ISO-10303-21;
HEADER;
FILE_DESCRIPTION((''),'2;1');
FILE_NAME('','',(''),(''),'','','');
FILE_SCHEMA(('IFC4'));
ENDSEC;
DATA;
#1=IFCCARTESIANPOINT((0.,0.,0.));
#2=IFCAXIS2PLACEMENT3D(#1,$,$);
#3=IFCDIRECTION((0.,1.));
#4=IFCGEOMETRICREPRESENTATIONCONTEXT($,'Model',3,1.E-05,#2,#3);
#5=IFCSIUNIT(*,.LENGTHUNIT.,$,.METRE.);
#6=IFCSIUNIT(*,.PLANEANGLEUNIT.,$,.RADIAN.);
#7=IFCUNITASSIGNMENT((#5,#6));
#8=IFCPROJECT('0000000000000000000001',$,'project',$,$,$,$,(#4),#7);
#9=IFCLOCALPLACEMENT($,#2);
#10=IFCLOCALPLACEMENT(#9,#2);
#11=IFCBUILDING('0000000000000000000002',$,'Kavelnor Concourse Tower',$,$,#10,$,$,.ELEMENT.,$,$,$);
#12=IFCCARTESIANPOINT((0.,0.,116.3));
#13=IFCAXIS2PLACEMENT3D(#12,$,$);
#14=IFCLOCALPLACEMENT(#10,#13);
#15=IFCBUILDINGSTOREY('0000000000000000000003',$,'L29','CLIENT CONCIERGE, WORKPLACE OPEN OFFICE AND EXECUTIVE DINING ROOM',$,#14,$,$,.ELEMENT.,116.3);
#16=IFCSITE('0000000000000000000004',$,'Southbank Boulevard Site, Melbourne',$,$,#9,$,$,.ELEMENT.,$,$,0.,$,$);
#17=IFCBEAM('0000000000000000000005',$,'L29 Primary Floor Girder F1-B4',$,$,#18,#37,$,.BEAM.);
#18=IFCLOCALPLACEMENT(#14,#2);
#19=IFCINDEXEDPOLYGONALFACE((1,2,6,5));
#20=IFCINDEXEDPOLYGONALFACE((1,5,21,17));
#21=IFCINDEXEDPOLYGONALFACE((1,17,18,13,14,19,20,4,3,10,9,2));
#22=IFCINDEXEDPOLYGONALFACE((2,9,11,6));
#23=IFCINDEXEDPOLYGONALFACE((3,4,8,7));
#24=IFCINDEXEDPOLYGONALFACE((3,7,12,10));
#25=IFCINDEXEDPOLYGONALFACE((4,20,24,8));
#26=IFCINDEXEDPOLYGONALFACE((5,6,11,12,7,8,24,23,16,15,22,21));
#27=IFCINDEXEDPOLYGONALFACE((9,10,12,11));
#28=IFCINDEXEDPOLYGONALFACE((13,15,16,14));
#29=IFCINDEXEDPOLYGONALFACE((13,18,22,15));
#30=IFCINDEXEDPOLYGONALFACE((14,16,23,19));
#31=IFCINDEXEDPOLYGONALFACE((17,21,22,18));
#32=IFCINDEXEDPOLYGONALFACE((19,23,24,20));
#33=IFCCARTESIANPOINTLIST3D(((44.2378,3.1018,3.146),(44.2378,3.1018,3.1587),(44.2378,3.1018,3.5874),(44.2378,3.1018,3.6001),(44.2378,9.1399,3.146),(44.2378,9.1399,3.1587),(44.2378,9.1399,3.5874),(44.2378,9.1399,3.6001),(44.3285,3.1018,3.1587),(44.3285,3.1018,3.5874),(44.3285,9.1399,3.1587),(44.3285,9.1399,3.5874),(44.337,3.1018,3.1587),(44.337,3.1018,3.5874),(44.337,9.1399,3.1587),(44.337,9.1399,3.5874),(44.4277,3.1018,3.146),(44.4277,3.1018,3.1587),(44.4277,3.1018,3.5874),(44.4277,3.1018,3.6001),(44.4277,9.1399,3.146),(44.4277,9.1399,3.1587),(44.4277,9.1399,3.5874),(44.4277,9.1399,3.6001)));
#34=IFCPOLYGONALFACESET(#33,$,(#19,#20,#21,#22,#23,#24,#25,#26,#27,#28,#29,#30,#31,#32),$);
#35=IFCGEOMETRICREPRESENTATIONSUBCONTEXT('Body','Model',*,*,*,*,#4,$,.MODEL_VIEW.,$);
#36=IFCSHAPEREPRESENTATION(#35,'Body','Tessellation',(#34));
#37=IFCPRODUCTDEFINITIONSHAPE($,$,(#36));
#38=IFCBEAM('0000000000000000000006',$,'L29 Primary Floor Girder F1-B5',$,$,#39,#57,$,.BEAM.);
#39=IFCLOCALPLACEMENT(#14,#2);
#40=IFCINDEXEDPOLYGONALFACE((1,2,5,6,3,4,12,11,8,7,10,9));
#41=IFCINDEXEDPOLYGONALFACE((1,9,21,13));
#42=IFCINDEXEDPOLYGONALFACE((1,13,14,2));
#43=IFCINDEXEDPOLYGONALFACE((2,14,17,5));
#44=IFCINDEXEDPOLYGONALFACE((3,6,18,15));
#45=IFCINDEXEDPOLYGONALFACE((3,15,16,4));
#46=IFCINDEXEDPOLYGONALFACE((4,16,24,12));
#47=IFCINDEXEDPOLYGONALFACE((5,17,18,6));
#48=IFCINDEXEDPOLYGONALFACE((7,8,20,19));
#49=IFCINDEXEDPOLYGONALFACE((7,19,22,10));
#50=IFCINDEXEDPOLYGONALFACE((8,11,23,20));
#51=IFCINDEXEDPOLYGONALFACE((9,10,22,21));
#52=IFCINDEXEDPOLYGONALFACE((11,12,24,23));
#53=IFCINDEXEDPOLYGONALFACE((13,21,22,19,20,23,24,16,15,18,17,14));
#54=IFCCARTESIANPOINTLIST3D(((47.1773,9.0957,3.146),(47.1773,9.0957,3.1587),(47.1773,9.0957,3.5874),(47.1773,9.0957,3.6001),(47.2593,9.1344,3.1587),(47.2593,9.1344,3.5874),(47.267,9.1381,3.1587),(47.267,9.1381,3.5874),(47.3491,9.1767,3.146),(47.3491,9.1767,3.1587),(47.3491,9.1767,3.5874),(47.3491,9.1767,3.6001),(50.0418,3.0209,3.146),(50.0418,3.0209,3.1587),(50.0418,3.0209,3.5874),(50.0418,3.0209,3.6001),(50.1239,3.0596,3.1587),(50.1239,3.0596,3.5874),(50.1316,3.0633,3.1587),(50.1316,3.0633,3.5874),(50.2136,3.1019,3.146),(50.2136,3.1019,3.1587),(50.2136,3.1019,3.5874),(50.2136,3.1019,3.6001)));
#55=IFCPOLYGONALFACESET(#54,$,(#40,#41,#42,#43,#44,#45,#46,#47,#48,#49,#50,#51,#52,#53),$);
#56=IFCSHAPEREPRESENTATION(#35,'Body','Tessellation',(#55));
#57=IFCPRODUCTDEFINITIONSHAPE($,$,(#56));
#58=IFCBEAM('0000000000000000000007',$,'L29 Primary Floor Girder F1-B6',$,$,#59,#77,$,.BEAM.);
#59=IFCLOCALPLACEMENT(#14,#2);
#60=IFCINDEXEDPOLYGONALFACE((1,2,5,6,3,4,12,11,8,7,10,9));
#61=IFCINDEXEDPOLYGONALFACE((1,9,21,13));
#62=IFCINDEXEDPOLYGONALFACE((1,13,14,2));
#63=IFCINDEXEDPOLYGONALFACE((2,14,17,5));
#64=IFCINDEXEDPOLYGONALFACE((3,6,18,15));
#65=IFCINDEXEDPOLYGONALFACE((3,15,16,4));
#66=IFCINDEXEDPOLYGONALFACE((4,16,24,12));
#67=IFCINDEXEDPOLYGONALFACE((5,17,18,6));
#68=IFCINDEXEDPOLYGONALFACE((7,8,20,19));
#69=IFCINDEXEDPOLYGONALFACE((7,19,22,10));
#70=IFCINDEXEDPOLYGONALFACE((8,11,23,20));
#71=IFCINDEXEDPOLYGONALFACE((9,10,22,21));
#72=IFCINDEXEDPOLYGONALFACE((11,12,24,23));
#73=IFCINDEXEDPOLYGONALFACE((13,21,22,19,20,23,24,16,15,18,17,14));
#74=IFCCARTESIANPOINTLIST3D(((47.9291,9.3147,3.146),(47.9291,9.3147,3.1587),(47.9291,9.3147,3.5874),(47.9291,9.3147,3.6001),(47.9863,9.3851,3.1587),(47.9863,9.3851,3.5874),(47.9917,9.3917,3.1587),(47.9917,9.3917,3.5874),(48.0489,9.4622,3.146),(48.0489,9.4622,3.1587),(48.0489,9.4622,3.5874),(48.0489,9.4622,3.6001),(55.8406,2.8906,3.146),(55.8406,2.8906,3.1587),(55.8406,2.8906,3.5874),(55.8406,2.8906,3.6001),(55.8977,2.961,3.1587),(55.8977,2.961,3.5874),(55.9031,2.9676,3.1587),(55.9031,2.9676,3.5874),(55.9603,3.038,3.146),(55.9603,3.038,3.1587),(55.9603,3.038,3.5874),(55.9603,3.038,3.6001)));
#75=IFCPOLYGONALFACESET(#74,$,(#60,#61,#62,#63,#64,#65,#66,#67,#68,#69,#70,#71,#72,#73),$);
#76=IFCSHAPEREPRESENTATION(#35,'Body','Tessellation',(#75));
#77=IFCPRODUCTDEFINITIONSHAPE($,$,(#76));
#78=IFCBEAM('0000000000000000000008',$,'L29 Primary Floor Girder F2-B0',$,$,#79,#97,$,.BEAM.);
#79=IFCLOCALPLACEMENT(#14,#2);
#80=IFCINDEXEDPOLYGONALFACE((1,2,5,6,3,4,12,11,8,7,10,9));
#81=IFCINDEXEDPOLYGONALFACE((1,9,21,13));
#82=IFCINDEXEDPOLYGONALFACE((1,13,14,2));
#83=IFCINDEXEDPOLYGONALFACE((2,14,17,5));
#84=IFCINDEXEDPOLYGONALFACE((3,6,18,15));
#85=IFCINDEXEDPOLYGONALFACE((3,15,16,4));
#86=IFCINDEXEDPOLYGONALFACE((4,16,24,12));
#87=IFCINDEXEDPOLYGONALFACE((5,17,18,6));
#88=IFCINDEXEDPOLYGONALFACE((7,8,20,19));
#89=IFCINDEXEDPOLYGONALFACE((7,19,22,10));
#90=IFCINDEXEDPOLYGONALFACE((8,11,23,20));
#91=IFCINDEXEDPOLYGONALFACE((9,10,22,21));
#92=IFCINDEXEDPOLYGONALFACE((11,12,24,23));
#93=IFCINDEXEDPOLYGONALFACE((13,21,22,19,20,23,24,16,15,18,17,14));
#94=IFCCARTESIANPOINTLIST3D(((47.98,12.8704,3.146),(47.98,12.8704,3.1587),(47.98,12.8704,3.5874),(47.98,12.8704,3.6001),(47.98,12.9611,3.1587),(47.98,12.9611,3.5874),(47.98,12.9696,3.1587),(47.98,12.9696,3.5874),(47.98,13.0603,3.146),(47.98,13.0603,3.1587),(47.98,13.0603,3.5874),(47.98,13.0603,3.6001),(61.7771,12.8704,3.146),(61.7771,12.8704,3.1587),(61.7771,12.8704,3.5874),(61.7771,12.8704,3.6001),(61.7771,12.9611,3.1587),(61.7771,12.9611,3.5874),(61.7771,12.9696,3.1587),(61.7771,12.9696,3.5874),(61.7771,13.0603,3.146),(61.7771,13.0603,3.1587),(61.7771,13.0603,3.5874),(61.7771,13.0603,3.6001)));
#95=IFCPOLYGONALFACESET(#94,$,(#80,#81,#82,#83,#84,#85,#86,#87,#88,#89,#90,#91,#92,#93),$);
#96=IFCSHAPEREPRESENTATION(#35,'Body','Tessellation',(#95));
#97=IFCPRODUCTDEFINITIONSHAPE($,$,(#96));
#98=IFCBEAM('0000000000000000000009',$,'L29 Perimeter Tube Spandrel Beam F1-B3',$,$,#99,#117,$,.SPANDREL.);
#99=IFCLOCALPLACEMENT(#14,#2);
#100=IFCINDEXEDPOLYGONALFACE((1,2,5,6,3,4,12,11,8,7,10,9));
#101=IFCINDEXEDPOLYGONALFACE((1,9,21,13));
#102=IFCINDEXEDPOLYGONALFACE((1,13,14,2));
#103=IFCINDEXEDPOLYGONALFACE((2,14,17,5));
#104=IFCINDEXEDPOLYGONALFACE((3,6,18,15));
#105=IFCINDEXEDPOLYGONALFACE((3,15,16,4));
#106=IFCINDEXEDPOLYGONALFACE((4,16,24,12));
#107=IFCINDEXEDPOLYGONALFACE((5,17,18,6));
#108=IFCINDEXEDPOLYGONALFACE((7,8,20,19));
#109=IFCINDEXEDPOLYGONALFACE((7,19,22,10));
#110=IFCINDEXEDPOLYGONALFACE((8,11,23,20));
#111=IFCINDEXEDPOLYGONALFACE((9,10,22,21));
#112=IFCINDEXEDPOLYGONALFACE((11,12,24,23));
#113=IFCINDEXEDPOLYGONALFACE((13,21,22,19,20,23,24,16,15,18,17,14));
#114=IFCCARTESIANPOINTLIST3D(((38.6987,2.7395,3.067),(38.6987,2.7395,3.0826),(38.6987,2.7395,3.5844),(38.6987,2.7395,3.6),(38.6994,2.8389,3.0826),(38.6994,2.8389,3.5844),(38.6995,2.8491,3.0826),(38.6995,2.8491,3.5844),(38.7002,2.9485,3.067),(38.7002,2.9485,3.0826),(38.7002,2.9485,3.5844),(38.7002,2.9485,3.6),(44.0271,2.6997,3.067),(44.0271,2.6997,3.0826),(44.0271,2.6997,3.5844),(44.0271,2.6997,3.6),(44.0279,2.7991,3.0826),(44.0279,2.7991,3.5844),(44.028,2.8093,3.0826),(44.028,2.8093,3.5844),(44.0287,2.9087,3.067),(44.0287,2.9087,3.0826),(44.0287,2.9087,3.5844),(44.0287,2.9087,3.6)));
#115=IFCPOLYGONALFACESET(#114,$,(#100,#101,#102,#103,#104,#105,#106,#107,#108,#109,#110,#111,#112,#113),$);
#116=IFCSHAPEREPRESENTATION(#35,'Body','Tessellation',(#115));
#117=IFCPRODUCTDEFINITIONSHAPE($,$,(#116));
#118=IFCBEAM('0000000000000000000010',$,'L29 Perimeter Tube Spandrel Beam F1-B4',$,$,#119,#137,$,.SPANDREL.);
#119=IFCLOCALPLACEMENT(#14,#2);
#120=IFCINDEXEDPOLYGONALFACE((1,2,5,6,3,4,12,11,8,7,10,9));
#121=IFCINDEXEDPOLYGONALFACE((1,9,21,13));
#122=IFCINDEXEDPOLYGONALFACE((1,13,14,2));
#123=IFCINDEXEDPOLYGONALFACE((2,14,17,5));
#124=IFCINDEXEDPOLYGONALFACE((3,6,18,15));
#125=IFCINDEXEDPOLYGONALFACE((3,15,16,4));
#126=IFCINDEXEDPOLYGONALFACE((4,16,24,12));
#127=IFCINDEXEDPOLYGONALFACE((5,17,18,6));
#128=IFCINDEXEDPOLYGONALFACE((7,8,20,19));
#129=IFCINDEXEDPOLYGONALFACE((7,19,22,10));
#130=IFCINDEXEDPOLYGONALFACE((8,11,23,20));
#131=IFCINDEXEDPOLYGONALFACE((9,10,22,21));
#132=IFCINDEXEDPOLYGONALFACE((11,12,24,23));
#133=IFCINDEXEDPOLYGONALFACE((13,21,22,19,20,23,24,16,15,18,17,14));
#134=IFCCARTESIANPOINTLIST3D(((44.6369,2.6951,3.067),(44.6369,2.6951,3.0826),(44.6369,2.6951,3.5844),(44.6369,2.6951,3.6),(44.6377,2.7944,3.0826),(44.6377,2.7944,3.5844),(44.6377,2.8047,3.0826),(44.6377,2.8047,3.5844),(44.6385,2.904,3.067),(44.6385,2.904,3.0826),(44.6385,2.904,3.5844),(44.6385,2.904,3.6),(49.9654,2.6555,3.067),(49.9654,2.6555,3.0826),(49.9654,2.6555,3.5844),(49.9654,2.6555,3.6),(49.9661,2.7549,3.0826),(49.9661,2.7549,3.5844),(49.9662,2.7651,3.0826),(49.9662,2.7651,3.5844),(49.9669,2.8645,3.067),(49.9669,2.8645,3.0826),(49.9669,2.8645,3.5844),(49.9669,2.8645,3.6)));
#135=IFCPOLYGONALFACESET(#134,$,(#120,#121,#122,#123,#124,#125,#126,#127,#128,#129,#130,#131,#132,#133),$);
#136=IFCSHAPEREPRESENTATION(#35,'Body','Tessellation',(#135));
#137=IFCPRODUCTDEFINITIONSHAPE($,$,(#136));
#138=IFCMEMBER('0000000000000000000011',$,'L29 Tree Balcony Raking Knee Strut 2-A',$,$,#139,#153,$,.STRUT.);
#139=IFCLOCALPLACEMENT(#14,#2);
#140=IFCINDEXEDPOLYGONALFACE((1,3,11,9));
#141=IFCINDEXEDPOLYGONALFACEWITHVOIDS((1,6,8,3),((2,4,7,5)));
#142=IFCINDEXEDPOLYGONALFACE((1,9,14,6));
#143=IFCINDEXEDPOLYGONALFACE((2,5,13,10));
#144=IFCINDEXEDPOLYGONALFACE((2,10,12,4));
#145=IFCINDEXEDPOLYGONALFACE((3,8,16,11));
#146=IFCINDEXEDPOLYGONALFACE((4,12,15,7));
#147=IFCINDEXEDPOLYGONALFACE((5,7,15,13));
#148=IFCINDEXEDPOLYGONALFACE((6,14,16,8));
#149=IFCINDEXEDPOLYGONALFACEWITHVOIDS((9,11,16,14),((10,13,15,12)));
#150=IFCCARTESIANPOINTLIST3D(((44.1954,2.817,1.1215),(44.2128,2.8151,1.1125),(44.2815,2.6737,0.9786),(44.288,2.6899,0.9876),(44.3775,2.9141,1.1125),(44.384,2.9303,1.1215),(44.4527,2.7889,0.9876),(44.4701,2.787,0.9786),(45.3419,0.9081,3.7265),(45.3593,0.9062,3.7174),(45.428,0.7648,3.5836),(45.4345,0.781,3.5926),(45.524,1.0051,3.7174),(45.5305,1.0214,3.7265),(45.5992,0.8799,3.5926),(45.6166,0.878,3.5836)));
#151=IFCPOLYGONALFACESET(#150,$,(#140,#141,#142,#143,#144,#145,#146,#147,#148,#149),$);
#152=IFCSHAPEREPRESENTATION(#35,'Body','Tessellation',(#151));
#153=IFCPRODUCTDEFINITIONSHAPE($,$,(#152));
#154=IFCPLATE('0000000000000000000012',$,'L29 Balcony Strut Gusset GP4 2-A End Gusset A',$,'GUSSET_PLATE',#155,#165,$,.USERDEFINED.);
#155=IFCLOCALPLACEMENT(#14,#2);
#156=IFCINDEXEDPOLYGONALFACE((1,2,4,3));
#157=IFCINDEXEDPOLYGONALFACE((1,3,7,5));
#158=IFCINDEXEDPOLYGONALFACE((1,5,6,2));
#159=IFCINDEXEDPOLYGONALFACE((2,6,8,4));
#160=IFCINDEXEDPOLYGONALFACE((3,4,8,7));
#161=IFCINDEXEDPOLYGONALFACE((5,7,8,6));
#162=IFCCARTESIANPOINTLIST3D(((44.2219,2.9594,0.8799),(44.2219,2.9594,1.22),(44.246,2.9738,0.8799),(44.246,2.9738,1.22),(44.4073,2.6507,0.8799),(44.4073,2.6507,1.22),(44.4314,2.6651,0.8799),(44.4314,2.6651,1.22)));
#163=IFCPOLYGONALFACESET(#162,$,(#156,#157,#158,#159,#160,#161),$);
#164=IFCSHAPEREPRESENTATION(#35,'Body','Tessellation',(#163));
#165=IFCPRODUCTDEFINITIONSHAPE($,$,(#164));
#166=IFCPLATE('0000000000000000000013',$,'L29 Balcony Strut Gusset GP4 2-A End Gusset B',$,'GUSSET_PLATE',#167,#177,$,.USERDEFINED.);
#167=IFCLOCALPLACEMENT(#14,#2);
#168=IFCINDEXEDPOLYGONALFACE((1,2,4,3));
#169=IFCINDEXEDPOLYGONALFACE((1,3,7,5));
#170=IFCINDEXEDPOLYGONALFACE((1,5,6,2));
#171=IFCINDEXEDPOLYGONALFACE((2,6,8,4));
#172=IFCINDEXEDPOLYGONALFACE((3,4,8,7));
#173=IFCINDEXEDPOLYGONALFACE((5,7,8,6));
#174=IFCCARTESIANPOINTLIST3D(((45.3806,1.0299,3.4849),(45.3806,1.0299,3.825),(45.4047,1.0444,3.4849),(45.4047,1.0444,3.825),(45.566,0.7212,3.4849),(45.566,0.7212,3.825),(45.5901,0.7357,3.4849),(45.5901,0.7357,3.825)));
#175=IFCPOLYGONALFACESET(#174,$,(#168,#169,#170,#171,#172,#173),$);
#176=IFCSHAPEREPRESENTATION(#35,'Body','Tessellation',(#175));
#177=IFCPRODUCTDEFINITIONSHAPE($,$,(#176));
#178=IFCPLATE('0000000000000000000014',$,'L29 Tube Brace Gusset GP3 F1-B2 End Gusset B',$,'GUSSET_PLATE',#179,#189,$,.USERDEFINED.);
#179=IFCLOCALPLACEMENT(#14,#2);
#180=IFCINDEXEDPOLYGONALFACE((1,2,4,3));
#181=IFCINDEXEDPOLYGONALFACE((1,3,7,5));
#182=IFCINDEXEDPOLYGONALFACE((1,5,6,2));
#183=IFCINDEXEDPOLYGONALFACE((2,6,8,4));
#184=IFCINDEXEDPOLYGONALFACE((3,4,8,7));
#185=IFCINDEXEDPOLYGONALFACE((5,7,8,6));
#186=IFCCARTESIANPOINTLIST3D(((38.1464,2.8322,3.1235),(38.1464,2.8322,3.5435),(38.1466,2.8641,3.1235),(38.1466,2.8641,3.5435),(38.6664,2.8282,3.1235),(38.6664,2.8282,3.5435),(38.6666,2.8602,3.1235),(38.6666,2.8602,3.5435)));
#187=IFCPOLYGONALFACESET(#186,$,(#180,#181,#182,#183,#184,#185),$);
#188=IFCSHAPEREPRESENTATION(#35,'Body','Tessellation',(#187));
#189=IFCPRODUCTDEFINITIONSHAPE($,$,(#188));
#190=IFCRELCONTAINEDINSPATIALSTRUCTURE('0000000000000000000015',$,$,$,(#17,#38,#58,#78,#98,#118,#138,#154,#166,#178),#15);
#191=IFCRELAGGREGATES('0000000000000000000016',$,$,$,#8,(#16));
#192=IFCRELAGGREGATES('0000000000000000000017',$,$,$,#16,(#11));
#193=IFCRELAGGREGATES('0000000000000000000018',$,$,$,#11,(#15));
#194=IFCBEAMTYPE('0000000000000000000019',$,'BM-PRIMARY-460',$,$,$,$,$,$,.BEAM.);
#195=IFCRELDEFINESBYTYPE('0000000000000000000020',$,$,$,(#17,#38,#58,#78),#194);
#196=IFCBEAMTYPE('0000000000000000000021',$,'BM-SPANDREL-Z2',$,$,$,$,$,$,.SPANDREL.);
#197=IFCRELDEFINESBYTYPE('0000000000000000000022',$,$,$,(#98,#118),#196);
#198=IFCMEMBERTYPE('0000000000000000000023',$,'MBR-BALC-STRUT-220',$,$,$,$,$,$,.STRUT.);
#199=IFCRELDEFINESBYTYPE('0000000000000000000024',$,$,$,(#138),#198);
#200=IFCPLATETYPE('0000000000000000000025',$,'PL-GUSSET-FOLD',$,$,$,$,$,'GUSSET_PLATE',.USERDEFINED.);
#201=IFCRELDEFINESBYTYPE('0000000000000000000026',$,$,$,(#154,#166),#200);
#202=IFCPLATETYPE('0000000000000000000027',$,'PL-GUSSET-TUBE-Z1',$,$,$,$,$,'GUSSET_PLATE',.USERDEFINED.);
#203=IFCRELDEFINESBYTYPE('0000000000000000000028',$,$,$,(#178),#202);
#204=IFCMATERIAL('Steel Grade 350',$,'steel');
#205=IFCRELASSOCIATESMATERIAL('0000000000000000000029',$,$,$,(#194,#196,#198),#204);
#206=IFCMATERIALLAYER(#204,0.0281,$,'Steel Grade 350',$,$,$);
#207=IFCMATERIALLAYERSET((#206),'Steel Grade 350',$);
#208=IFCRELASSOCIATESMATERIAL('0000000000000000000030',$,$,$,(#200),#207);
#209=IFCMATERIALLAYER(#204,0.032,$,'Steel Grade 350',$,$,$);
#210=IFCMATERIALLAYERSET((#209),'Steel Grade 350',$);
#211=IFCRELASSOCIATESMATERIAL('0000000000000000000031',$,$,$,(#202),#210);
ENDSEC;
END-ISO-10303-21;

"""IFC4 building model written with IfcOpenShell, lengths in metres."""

from ifc_helpers import new_model, si_unit, direction, frame, origin, origin_2d, place, context, subcontext, project, spatial, rectangle, hollow_rectangle, i_section, extrude, material, layer, layer_set, material_profile, profile_set, type_object, element, save


model = new_model("IFC4")

# Units and contexts
model_context = context("Model", 3, precision=1e-05, world=origin(), true_north=direction((0.0, 1.0)))
body_context = subcontext(model_context, "Body", "Model", "MODEL_VIEW")
ifc_project = project(units=[si_unit("LENGTHUNIT", "METRE"), si_unit("PLANEANGLEUNIT", "RADIAN")], contexts=[model_context])

# Site, building, storey
site_placement = place(None, origin())
site = spatial("IfcSite", under=ifc_project, at=site_placement, Name="Southbank Boulevard Site, Melbourne", CompositionType="ELEMENT", RefElevation=0.0)
building_placement = place(site_placement, origin())
building = spatial("IfcBuilding", under=site, at=building_placement, Name="Kavelnor Concourse Tower", CompositionType="ELEMENT")
storey_placement = place(building_placement, frame((0.0, 0.0, 116.3)))
storey = spatial("IfcBuildingStorey", under=building, at=storey_placement, Name="L29", Description="CLIENT CONCIERGE, WORKPLACE OPEN OFFICE AND EXECUTIVE DINING ROOM", CompositionType="ELEMENT", Elevation=116.3)

# Shared definitions
ifc_material_1 = material(Name="Steel Grade 350", Category="steel")

# Beams
ifc_material_profile_1 = material_profile(ifc_material_1, i_section(OverallWidth=0.1899, OverallDepth=0.4541, WebThickness=0.0085, FlangeThickness=0.0127, at=origin_2d()), Name="460UB67")
ifc_profile_set_1 = profile_set([ifc_material_profile_1], Name="Steel Grade 350")
beam_type_1 = type_object("IfcBeamType", Name="BM-PRIMARY-460", PredefinedType="BEAM", material=ifc_profile_set_1)
beam_1_placement = place(storey_placement, frame((44.3328, 9.1399, 3.373), z_axis=(0.0, -1.0, 0.0), x_axis=(1.0, 0.0, 0.0)))
element("IfcBeam", 1, at=beam_1_placement, inside=storey, type_object=beam_type_1, Name="L29 Primary Floor Girder F1-B4", PredefinedType="BEAM", context=body_context, shape_type="SweptSolid", body=[
    extrude(i_section(OverallWidth=0.1899, OverallDepth=0.4541, WebThickness=0.0085, FlangeThickness=0.0127, at=origin_2d()), origin(), (0.0, 0.0, 1.0), 6.0381),
])
beam_2_placement = place(storey_placement, frame((47.2632, 9.1362, 3.373), z_axis=(0.426506, -0.904485, 0.0), x_axis=(0.904485, 0.426506, 0.0)))
element("IfcBeam", 2, at=beam_2_placement, inside=storey, type_object=beam_type_1, Name="L29 Primary Floor Girder F1-B5", PredefinedType="BEAM", context=body_context, shape_type="SweptSolid", body=[
    extrude(i_section(OverallWidth=0.1899, OverallDepth=0.4541, WebThickness=0.0085, FlangeThickness=0.0127, at=origin_2d()), origin(), (0.0, 0.0, 1.0), 6.7163),
])
beam_3_placement = place(storey_placement, frame((47.989, 9.3884, 3.373), z_axis=(0.776302, -0.630361, 0.0), x_axis=(0.630361, 0.776302, 0.0)))
element("IfcBeam", 3, at=beam_3_placement, inside=storey, type_object=beam_type_1, Name="L29 Primary Floor Girder F1-B6", PredefinedType="BEAM", context=body_context, shape_type="SweptSolid", body=[
    extrude(i_section(OverallWidth=0.1899, OverallDepth=0.4541, WebThickness=0.0085, FlangeThickness=0.0127, at=origin_2d()), origin(), (0.0, 0.0, 1.0), 10.1912),
])
beam_4_placement = place(storey_placement, frame((47.98, 12.9653, 3.373), z_axis=(1.0, 0.0, 0.0), x_axis=(0.0, 1.0, 0.0)))
element("IfcBeam", 4, at=beam_4_placement, inside=storey, type_object=beam_type_1, Name="L29 Primary Floor Girder F2-B0", PredefinedType="BEAM", context=body_context, shape_type="SweptSolid", body=[
    extrude(i_section(OverallWidth=0.1899, OverallDepth=0.4541, WebThickness=0.0085, FlangeThickness=0.0127, at=origin_2d()), origin(), (0.0, 0.0, 1.0), 13.7971),
])
ifc_material_profile_2 = material_profile(ifc_material_1, i_section(OverallWidth=0.209, OverallDepth=0.533, WebThickness=0.0103, FlangeThickness=0.0156, at=origin_2d()), Name="530UB92")
ifc_profile_set_2 = profile_set([ifc_material_profile_2], Name="Steel Grade 350")
beam_type_2 = type_object("IfcBeamType", Name="BM-SPANDREL-Z2", PredefinedType="SPANDREL", material=ifc_profile_set_2)
for number, where, z_axis, x_axis, name in (
    (5, (38.6995, 2.844, 3.3335), (0.999972, -0.007468, 0.0), (0.007468, 0.999972, 0.0), "L29 Perimeter Tube Spandrel Beam F1-B3"),
    (6, (44.6377, 2.7996, 3.3335), (0.999972, -0.007422, 0.0), (0.007422, 0.999972, 0.0), "L29 Perimeter Tube Spandrel Beam F1-B4"),
):
    element("IfcBeam", number, at=place(storey_placement, frame(where, z_axis=z_axis, x_axis=x_axis)), inside=storey, type_object=beam_type_2, Name=name, PredefinedType="SPANDREL", context=body_context, shape_type="SweptSolid", body=[
        extrude(i_section(OverallWidth=0.209, OverallDepth=0.533, WebThickness=0.0103, FlangeThickness=0.0156, at=origin_2d()), origin(), (0.0, 0.0, 1.0), 5.3286),
    ])

# Member
ifc_material_profile_3 = material_profile(ifc_material_1, hollow_rectangle(XDim=0.22, YDim=0.22, WallThickness=0.0139, at=origin_2d()), Name="SHS 220x220x14")
ifc_profile_set_3 = profile_set([ifc_material_profile_3], Name="Steel Grade 350")
member_type = type_object("IfcMemberType", Name="MBR-BALC-STRUT-220", PredefinedType="STRUT", material=ifc_profile_set_3)
member_placement = place(storey_placement, frame((44.3328, 2.802, 1.05), z_axis=(0.334544, -0.557027, 0.760133), x_axis=(0.85727, 0.514867, 0.0)))
element("IfcMember", 7, at=member_placement, inside=storey, type_object=member_type, Name="L29 Tree Balcony Raking Knee Strut 2-A", PredefinedType="STRUT", context=body_context, shape_type="SweptSolid", body=[
    extrude(hollow_rectangle(XDim=0.22, YDim=0.22, WallThickness=0.0139, at=origin_2d()), origin(), (0.0, 0.0, 1.0), 3.427),
])

# Plates
ifc_layer_1 = layer(ifc_material_1, 0.0281, Name="Steel Grade 350")
ifc_layer_set_1 = layer_set([ifc_layer_1], Name="Steel Grade 350")
plate_type_1 = type_object("IfcPlateType", Name="PL-GUSSET-FOLD", ElementType="GUSSET_PLATE", PredefinedType="USERDEFINED", material=ifc_layer_set_1)
for number, where, z_axis, x_axis, name in (
    (8, (44.3267, 2.8123, 0.8799), (0.0, 0.0, 1.0), (0.514888, -0.857257, 0.0), "L29 Balcony Strut Gusset GP4 2-A End Gusset A"),
    (9, (45.4854, 0.8828, 3.4849), (0.0, 0.0, 1.0), (0.514888, -0.857257, 0.0), "L29 Balcony Strut Gusset GP4 2-A End Gusset B"),
):
    element("IfcPlate", number, at=place(storey_placement, frame(where, z_axis=z_axis, x_axis=x_axis)), inside=storey, type_object=plate_type_1, Name=name, ObjectType="GUSSET_PLATE", PredefinedType="USERDEFINED", context=body_context, shape_type="SweptSolid", body=[
        extrude(rectangle(XDim=0.3601, YDim=0.0281, at=origin_2d()), origin(), (0.0, 0.0, 1.0), 0.3401),
    ])
ifc_layer_2 = layer(ifc_material_1, 0.032, Name="Steel Grade 350")
ifc_layer_set_2 = layer_set([ifc_layer_2], Name="Steel Grade 350")
plate_type_2 = type_object("IfcPlateType", Name="PL-GUSSET-TUBE-Z1", ElementType="GUSSET_PLATE", PredefinedType="USERDEFINED", material=ifc_layer_set_2)
plate_placement = place(storey_placement, frame((38.4065, 2.8462, 3.1235), z_axis=(0.0, 0.0, 1.0), x_axis=(0.999972, -0.007505, 0.0)))
element("IfcPlate", 10, at=plate_placement, inside=storey, type_object=plate_type_2, Name="L29 Tube Brace Gusset GP3 F1-B2 End Gusset B", ObjectType="GUSSET_PLATE", PredefinedType="USERDEFINED", context=body_context, shape_type="SweptSolid", body=[
    extrude(rectangle(XDim=0.52, YDim=0.032, at=origin_2d()), origin(), (0.0, 0.0, 1.0), 0.4199),
])

save(model, "model.ifc")
